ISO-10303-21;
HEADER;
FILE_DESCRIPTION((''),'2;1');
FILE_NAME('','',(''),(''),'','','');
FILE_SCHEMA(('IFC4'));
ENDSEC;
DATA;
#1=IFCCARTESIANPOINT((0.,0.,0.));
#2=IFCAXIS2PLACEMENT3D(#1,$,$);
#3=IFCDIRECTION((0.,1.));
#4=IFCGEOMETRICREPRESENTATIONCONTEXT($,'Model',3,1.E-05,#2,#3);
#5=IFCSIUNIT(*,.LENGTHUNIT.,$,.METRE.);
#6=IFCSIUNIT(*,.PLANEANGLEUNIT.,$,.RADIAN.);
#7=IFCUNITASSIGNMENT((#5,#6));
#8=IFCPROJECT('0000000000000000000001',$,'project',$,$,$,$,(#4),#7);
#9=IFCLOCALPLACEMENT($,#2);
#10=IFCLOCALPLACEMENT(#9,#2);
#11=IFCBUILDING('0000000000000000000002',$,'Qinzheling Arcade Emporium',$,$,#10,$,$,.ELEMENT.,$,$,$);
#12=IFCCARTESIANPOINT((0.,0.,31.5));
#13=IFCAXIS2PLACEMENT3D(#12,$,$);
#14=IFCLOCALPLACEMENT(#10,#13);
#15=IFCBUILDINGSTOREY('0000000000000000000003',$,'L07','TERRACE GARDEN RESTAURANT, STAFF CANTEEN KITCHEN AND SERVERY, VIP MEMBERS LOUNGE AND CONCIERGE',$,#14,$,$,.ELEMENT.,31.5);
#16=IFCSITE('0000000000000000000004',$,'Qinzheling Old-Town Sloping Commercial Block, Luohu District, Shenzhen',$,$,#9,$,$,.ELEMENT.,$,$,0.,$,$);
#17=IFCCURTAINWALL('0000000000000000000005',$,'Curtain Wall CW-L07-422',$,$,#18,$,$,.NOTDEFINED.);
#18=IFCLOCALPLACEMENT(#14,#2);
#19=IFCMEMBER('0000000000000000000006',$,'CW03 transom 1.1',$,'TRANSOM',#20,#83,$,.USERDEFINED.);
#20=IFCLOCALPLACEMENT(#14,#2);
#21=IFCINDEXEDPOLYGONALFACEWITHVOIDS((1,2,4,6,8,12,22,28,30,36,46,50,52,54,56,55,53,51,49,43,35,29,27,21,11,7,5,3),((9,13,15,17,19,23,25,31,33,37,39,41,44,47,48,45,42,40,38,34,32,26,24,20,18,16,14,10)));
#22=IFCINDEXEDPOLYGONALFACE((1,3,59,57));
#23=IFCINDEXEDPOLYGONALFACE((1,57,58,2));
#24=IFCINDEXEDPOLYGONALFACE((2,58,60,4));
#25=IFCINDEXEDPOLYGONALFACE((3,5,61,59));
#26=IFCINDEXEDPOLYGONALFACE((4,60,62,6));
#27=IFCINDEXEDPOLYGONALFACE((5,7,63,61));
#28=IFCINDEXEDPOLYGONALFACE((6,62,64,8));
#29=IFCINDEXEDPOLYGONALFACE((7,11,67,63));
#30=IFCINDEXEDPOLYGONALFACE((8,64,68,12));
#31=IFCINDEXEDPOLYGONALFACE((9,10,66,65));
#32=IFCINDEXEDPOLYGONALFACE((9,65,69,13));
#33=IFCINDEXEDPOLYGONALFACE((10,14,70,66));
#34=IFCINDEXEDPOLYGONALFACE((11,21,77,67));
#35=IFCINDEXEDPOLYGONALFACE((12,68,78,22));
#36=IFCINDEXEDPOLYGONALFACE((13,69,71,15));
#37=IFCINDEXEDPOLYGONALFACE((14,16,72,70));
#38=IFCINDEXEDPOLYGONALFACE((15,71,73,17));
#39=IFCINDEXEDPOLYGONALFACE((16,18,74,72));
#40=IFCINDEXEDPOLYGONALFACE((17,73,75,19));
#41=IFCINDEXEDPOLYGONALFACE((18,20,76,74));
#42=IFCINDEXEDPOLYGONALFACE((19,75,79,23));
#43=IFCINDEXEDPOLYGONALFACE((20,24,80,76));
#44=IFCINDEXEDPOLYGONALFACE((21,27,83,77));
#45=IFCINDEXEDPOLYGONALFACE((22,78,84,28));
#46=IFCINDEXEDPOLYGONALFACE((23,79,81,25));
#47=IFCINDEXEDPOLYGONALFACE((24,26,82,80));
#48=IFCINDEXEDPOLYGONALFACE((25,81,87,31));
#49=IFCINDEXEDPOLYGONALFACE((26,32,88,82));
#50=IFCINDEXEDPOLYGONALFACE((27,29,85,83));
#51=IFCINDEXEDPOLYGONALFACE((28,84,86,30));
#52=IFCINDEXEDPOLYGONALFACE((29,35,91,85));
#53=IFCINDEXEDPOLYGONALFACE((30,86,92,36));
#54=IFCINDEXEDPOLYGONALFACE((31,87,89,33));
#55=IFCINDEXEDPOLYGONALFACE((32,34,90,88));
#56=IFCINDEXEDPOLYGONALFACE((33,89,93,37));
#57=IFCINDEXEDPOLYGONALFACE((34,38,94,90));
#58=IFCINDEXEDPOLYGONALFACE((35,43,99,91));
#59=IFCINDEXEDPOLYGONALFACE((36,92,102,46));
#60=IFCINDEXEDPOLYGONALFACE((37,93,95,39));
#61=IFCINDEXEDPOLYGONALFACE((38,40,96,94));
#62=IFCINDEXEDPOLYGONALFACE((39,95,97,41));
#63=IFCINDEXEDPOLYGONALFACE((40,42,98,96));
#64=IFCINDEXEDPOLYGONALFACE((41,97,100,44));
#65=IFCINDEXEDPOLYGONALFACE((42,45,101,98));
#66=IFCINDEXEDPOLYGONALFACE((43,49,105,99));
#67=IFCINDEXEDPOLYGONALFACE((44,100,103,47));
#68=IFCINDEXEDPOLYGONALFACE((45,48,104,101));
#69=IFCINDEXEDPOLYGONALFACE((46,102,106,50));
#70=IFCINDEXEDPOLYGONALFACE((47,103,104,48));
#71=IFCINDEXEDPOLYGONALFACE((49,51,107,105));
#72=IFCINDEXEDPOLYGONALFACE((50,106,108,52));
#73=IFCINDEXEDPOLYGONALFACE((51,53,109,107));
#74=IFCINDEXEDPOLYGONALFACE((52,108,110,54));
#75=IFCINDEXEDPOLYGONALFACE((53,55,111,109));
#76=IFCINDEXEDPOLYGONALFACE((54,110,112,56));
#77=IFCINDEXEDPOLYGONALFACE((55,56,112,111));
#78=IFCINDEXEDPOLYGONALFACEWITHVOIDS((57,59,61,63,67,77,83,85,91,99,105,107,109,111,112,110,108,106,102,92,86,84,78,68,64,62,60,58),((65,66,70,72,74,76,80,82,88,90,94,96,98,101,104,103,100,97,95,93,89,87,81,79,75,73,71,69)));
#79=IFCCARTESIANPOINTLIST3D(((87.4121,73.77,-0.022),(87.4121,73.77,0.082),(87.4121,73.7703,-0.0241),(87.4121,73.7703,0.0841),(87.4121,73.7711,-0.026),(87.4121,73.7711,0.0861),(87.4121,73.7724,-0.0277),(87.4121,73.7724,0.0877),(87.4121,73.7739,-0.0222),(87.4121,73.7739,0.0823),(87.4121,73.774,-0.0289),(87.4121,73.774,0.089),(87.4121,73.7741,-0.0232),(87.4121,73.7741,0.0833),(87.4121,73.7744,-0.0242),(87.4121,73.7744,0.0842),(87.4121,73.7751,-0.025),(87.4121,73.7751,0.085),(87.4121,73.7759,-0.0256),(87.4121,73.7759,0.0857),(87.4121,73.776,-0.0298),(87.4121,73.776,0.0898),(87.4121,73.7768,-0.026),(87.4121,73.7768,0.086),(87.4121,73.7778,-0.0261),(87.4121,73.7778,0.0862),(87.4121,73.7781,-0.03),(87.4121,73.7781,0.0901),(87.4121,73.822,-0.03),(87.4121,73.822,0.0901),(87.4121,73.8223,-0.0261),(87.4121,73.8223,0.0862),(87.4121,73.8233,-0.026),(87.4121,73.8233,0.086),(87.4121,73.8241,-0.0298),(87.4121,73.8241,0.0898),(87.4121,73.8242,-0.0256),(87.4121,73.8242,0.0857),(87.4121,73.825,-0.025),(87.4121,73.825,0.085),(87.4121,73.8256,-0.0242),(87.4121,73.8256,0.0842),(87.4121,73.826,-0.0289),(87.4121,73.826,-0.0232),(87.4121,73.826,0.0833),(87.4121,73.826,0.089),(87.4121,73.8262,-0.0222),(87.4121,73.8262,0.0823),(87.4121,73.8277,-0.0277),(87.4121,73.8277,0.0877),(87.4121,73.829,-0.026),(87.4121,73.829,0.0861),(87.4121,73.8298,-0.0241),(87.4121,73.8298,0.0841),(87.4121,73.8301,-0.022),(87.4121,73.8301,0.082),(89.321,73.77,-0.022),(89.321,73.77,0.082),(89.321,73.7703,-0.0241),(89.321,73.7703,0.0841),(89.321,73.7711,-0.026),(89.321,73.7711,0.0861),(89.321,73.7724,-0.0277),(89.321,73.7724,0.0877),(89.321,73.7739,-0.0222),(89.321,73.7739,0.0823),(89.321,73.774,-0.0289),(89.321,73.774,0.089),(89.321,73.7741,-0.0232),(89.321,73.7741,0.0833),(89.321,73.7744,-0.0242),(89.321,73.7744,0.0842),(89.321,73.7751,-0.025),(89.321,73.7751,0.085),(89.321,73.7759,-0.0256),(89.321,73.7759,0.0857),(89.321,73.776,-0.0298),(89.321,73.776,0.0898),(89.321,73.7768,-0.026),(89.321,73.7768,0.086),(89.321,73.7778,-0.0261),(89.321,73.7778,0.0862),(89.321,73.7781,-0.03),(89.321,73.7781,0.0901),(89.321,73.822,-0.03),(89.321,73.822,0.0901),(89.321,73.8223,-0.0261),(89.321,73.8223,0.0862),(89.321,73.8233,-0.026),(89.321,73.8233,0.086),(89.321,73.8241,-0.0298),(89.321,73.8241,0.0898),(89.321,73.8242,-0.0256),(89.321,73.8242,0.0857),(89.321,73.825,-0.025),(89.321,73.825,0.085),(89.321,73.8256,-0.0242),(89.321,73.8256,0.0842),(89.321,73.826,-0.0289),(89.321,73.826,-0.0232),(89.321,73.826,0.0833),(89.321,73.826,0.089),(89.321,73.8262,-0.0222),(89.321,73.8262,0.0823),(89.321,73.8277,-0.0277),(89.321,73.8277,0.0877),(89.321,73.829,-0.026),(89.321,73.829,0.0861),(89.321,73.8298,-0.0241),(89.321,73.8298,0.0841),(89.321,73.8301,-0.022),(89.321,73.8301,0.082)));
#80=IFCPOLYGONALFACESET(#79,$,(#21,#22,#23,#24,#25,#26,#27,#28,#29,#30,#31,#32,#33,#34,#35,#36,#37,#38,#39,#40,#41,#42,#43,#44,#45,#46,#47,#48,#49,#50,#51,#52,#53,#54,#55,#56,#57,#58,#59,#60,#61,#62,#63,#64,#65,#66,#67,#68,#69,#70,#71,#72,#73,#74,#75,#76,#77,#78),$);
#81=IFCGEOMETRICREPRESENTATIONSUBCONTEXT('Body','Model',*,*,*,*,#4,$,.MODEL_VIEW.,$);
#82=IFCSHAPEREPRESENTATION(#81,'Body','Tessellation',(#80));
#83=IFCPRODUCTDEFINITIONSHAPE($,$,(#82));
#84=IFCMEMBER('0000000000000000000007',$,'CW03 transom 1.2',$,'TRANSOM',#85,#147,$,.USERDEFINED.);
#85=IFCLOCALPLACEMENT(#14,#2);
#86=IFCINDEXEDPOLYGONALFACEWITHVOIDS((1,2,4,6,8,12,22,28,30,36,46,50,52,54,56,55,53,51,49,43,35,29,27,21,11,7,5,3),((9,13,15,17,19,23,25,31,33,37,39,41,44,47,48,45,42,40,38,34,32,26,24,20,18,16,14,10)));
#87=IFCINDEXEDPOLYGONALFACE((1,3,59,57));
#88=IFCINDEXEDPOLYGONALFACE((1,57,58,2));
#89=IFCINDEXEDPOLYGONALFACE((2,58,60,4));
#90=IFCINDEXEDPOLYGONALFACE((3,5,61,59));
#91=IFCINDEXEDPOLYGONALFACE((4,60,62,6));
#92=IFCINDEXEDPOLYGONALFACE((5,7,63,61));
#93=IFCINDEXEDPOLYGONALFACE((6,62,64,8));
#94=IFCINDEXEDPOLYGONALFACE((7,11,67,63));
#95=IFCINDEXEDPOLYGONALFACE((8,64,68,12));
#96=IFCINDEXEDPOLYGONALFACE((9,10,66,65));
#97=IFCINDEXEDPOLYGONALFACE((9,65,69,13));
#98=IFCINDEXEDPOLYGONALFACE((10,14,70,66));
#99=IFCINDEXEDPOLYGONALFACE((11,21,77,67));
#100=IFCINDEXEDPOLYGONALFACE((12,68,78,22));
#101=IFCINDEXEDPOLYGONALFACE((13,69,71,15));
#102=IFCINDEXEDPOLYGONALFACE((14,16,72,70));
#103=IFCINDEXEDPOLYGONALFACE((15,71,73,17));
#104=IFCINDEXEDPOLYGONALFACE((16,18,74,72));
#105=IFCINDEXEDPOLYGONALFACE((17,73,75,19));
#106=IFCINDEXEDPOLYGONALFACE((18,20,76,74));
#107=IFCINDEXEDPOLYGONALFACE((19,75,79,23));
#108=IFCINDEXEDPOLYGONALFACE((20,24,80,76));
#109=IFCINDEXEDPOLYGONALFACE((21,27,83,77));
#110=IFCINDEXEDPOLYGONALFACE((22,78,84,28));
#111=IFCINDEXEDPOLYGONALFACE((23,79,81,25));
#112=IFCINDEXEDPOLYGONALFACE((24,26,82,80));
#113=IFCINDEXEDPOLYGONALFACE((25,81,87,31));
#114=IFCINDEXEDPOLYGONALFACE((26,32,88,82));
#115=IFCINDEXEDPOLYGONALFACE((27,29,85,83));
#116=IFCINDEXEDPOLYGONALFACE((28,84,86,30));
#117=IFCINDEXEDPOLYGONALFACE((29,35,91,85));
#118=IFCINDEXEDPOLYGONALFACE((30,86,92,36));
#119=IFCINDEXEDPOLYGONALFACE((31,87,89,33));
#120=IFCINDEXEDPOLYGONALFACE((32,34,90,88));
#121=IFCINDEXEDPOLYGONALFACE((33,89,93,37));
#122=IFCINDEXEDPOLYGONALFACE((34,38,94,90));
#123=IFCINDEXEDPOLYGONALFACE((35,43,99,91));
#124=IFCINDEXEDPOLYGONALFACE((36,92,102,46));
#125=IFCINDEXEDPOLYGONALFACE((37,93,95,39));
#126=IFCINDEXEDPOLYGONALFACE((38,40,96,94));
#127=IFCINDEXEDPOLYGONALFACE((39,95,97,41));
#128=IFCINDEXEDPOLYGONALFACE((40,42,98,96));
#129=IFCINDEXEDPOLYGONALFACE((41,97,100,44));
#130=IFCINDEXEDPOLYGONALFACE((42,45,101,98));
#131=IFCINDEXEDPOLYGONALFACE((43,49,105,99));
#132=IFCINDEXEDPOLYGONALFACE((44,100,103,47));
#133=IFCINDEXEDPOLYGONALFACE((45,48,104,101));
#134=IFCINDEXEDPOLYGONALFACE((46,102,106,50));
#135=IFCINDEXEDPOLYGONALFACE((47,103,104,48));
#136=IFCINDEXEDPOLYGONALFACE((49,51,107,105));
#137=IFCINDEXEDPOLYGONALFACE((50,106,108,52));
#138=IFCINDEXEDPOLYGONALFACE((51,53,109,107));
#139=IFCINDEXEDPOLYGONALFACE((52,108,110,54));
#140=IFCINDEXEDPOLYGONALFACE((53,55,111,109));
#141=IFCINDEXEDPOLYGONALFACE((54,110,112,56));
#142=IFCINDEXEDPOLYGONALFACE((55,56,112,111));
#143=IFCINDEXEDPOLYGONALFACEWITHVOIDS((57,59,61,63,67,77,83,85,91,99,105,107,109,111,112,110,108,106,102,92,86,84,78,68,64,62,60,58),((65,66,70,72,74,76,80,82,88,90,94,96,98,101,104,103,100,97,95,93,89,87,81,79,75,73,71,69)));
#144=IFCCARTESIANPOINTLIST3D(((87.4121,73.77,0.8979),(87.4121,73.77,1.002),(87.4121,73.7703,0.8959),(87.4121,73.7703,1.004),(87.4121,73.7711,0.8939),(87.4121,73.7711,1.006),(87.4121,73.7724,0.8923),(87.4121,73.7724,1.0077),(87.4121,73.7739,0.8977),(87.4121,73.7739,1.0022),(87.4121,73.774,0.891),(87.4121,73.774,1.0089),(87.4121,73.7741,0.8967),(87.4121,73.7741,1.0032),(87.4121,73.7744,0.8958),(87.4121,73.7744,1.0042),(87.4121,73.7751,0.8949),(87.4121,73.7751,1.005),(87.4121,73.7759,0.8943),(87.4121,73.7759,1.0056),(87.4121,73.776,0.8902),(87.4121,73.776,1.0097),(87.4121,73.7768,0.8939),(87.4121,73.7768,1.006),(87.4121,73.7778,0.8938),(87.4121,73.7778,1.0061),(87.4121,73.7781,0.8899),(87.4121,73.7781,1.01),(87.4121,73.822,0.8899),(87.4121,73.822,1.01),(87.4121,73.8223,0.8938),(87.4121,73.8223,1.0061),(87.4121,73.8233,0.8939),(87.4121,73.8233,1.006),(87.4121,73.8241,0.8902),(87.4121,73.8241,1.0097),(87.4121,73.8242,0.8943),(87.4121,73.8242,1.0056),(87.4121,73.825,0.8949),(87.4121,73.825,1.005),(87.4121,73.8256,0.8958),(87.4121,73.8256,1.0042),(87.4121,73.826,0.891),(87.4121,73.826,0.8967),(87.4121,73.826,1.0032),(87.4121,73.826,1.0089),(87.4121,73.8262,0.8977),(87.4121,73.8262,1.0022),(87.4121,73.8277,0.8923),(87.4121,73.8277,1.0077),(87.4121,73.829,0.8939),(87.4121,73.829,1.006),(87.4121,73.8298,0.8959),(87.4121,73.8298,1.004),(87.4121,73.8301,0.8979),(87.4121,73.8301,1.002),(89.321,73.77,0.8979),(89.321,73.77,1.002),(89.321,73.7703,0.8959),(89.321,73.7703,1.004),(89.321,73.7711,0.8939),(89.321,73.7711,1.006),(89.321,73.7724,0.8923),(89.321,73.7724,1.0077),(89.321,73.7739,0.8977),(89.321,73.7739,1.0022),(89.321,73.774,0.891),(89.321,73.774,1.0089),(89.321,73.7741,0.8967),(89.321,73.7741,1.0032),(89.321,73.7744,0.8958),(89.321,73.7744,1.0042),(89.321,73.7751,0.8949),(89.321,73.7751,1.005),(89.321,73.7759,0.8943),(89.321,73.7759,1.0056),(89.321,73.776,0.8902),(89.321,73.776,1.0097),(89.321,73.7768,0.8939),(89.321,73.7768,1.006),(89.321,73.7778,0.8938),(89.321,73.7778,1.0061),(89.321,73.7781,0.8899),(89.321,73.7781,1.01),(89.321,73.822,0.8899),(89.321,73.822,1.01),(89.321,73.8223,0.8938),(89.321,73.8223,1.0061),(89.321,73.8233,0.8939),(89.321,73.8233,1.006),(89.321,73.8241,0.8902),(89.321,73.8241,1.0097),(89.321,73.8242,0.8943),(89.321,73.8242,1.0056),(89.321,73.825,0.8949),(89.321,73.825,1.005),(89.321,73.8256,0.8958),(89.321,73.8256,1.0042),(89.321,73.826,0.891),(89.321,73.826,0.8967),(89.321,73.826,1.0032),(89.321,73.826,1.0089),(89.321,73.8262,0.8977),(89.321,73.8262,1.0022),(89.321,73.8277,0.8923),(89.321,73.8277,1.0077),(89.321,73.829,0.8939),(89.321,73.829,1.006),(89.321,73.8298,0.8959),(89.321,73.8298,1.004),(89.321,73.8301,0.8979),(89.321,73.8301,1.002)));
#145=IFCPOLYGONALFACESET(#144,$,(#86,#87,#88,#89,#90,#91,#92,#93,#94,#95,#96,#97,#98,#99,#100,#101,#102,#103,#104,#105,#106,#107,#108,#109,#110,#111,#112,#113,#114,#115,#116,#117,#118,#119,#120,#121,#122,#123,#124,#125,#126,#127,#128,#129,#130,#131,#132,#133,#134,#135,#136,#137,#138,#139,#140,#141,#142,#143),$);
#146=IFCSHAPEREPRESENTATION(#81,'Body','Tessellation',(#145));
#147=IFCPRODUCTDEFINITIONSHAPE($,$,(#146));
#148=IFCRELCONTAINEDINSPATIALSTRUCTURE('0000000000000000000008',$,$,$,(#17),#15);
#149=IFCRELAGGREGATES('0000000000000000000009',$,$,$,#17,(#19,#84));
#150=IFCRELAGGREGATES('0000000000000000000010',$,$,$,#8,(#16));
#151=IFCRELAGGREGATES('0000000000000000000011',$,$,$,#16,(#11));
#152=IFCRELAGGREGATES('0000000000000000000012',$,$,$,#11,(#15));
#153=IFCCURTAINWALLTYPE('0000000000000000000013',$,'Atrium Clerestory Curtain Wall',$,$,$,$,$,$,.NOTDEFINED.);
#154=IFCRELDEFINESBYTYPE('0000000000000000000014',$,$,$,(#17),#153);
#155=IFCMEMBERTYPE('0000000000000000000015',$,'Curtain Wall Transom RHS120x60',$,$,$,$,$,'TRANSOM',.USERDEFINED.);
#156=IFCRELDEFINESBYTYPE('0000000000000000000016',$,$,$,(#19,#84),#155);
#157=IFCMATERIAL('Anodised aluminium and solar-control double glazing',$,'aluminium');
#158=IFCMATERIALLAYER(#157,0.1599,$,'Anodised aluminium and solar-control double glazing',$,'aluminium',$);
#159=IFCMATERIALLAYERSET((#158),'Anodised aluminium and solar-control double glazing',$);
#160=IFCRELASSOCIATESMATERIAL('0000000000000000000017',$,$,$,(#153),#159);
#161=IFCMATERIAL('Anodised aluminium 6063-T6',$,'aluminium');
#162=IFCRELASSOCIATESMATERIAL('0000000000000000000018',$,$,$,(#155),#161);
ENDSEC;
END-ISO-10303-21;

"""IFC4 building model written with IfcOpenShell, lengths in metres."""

from ifc_helpers import new_model, si_unit, direction, frame, origin, origin_2d, place, context, subcontext, project, spatial, hollow_rectangle, extrude, material, layer, layer_set, material_profile, profile_set, type_object, element, aggregate, save


model = new_model("IFC4")

# Units and contexts
model_context = context("Model", 3, precision=1e-05, world=origin(), true_north=direction((0.0, 1.0)))
body_context = subcontext(model_context, "Body", "Model", "MODEL_VIEW")
ifc_project = project(units=[si_unit("LENGTHUNIT", "METRE"), si_unit("PLANEANGLEUNIT", "RADIAN")], contexts=[model_context])

# Site, building, storey
site_placement = place(None, origin())
site = spatial("IfcSite", under=ifc_project, at=site_placement, Name="Qinzheling Old-Town Sloping Commercial Block, Luohu District, Shenzhen", CompositionType="ELEMENT", RefElevation=0.0)
building_placement = place(site_placement, origin())
building = spatial("IfcBuilding", under=site, at=building_placement, Name="Qinzheling Arcade Emporium", CompositionType="ELEMENT")
storey_placement = place(building_placement, frame((0.0, 0.0, 31.5)))
storey = spatial("IfcBuildingStorey", under=building, at=storey_placement, Name="L07", Description="TERRACE GARDEN RESTAURANT, STAFF CANTEEN KITCHEN AND SERVERY, VIP MEMBERS LOUNGE AND CONCIERGE", CompositionType="ELEMENT", Elevation=31.5)

# Shared definitions
ifc_material_1 = material(Name="Anodised aluminium and solar-control double glazing", Category="aluminium")
ifc_layer_1 = layer(ifc_material_1, 0.1599, Name="Anodised aluminium and solar-control double glazing", Category="aluminium")
ifc_layer_set_1 = layer_set([ifc_layer_1], Name="Anodised aluminium and solar-control double glazing")
curtain_wall_type = type_object("IfcCurtainWallType", Name="Atrium Clerestory Curtain Wall", PredefinedType="NOTDEFINED", material=ifc_layer_set_1)
ifc_material_2 = material(Name="Anodised aluminium 6063-T6", Category="aluminium")

# Curtain wall, members
curtain_wall_1_placement = place(storey_placement, origin())
curtain_wall_1 = element("IfcCurtainWall", 1, at=curtain_wall_1_placement, inside=storey, type_object=curtain_wall_type, Name="Curtain Wall CW-L07-422", PredefinedType="NOTDEFINED")
ifc_material_profile_1 = material_profile(ifc_material_2, hollow_rectangle(XDim=0.0601, YDim=0.1201, WallThickness=0.0039, InnerFilletRadius=0.0039, OuterFilletRadius=0.0081, at=origin_2d()), Name="RHS 120x60x4", Category="aluminium")
ifc_profile_set_1 = profile_set([ifc_material_profile_1], Name="Anodised aluminium 6063-T6")
member_type_1 = type_object("IfcMemberType", Name="Curtain Wall Transom RHS120x60", ElementType="TRANSOM", PredefinedType="USERDEFINED", material=ifc_profile_set_1)
member_1_placement = place(storey_placement, frame((87.4121, 73.8, 0.03), z_axis=(1.0, 0.0, 0.0), x_axis=(0.0, 1.0, 0.0)))
member_1 = element("IfcMember", 2, at=member_1_placement, type_object=member_type_1, Name="CW03 transom 1.1", ObjectType="TRANSOM", PredefinedType="USERDEFINED", context=body_context, shape_type="SweptSolid", body=[
    extrude(hollow_rectangle(XDim=0.0601, YDim=0.1201, WallThickness=0.0039, InnerFilletRadius=0.0039, OuterFilletRadius=0.0081, at=origin_2d()), origin(), (0.0, 0.0, 1.0), 1.9089),
])
member_2_placement = place(storey_placement, frame((87.4121, 73.8, 0.95), z_axis=(1.0, 0.0, 0.0), x_axis=(0.0, 1.0, 0.0)))
member_2 = element("IfcMember", 3, at=member_2_placement, type_object=member_type_1, Name="CW03 transom 1.2", ObjectType="TRANSOM", PredefinedType="USERDEFINED", context=body_context, shape_type="SweptSolid", body=[
    extrude(hollow_rectangle(XDim=0.0601, YDim=0.1201, WallThickness=0.0039, InnerFilletRadius=0.0039, OuterFilletRadius=0.0081, at=origin_2d()), origin(), (0.0, 0.0, 1.0), 1.9089),
])

aggregate(curtain_wall_1, [member_1, member_2])

save(model, "model.ifc")
